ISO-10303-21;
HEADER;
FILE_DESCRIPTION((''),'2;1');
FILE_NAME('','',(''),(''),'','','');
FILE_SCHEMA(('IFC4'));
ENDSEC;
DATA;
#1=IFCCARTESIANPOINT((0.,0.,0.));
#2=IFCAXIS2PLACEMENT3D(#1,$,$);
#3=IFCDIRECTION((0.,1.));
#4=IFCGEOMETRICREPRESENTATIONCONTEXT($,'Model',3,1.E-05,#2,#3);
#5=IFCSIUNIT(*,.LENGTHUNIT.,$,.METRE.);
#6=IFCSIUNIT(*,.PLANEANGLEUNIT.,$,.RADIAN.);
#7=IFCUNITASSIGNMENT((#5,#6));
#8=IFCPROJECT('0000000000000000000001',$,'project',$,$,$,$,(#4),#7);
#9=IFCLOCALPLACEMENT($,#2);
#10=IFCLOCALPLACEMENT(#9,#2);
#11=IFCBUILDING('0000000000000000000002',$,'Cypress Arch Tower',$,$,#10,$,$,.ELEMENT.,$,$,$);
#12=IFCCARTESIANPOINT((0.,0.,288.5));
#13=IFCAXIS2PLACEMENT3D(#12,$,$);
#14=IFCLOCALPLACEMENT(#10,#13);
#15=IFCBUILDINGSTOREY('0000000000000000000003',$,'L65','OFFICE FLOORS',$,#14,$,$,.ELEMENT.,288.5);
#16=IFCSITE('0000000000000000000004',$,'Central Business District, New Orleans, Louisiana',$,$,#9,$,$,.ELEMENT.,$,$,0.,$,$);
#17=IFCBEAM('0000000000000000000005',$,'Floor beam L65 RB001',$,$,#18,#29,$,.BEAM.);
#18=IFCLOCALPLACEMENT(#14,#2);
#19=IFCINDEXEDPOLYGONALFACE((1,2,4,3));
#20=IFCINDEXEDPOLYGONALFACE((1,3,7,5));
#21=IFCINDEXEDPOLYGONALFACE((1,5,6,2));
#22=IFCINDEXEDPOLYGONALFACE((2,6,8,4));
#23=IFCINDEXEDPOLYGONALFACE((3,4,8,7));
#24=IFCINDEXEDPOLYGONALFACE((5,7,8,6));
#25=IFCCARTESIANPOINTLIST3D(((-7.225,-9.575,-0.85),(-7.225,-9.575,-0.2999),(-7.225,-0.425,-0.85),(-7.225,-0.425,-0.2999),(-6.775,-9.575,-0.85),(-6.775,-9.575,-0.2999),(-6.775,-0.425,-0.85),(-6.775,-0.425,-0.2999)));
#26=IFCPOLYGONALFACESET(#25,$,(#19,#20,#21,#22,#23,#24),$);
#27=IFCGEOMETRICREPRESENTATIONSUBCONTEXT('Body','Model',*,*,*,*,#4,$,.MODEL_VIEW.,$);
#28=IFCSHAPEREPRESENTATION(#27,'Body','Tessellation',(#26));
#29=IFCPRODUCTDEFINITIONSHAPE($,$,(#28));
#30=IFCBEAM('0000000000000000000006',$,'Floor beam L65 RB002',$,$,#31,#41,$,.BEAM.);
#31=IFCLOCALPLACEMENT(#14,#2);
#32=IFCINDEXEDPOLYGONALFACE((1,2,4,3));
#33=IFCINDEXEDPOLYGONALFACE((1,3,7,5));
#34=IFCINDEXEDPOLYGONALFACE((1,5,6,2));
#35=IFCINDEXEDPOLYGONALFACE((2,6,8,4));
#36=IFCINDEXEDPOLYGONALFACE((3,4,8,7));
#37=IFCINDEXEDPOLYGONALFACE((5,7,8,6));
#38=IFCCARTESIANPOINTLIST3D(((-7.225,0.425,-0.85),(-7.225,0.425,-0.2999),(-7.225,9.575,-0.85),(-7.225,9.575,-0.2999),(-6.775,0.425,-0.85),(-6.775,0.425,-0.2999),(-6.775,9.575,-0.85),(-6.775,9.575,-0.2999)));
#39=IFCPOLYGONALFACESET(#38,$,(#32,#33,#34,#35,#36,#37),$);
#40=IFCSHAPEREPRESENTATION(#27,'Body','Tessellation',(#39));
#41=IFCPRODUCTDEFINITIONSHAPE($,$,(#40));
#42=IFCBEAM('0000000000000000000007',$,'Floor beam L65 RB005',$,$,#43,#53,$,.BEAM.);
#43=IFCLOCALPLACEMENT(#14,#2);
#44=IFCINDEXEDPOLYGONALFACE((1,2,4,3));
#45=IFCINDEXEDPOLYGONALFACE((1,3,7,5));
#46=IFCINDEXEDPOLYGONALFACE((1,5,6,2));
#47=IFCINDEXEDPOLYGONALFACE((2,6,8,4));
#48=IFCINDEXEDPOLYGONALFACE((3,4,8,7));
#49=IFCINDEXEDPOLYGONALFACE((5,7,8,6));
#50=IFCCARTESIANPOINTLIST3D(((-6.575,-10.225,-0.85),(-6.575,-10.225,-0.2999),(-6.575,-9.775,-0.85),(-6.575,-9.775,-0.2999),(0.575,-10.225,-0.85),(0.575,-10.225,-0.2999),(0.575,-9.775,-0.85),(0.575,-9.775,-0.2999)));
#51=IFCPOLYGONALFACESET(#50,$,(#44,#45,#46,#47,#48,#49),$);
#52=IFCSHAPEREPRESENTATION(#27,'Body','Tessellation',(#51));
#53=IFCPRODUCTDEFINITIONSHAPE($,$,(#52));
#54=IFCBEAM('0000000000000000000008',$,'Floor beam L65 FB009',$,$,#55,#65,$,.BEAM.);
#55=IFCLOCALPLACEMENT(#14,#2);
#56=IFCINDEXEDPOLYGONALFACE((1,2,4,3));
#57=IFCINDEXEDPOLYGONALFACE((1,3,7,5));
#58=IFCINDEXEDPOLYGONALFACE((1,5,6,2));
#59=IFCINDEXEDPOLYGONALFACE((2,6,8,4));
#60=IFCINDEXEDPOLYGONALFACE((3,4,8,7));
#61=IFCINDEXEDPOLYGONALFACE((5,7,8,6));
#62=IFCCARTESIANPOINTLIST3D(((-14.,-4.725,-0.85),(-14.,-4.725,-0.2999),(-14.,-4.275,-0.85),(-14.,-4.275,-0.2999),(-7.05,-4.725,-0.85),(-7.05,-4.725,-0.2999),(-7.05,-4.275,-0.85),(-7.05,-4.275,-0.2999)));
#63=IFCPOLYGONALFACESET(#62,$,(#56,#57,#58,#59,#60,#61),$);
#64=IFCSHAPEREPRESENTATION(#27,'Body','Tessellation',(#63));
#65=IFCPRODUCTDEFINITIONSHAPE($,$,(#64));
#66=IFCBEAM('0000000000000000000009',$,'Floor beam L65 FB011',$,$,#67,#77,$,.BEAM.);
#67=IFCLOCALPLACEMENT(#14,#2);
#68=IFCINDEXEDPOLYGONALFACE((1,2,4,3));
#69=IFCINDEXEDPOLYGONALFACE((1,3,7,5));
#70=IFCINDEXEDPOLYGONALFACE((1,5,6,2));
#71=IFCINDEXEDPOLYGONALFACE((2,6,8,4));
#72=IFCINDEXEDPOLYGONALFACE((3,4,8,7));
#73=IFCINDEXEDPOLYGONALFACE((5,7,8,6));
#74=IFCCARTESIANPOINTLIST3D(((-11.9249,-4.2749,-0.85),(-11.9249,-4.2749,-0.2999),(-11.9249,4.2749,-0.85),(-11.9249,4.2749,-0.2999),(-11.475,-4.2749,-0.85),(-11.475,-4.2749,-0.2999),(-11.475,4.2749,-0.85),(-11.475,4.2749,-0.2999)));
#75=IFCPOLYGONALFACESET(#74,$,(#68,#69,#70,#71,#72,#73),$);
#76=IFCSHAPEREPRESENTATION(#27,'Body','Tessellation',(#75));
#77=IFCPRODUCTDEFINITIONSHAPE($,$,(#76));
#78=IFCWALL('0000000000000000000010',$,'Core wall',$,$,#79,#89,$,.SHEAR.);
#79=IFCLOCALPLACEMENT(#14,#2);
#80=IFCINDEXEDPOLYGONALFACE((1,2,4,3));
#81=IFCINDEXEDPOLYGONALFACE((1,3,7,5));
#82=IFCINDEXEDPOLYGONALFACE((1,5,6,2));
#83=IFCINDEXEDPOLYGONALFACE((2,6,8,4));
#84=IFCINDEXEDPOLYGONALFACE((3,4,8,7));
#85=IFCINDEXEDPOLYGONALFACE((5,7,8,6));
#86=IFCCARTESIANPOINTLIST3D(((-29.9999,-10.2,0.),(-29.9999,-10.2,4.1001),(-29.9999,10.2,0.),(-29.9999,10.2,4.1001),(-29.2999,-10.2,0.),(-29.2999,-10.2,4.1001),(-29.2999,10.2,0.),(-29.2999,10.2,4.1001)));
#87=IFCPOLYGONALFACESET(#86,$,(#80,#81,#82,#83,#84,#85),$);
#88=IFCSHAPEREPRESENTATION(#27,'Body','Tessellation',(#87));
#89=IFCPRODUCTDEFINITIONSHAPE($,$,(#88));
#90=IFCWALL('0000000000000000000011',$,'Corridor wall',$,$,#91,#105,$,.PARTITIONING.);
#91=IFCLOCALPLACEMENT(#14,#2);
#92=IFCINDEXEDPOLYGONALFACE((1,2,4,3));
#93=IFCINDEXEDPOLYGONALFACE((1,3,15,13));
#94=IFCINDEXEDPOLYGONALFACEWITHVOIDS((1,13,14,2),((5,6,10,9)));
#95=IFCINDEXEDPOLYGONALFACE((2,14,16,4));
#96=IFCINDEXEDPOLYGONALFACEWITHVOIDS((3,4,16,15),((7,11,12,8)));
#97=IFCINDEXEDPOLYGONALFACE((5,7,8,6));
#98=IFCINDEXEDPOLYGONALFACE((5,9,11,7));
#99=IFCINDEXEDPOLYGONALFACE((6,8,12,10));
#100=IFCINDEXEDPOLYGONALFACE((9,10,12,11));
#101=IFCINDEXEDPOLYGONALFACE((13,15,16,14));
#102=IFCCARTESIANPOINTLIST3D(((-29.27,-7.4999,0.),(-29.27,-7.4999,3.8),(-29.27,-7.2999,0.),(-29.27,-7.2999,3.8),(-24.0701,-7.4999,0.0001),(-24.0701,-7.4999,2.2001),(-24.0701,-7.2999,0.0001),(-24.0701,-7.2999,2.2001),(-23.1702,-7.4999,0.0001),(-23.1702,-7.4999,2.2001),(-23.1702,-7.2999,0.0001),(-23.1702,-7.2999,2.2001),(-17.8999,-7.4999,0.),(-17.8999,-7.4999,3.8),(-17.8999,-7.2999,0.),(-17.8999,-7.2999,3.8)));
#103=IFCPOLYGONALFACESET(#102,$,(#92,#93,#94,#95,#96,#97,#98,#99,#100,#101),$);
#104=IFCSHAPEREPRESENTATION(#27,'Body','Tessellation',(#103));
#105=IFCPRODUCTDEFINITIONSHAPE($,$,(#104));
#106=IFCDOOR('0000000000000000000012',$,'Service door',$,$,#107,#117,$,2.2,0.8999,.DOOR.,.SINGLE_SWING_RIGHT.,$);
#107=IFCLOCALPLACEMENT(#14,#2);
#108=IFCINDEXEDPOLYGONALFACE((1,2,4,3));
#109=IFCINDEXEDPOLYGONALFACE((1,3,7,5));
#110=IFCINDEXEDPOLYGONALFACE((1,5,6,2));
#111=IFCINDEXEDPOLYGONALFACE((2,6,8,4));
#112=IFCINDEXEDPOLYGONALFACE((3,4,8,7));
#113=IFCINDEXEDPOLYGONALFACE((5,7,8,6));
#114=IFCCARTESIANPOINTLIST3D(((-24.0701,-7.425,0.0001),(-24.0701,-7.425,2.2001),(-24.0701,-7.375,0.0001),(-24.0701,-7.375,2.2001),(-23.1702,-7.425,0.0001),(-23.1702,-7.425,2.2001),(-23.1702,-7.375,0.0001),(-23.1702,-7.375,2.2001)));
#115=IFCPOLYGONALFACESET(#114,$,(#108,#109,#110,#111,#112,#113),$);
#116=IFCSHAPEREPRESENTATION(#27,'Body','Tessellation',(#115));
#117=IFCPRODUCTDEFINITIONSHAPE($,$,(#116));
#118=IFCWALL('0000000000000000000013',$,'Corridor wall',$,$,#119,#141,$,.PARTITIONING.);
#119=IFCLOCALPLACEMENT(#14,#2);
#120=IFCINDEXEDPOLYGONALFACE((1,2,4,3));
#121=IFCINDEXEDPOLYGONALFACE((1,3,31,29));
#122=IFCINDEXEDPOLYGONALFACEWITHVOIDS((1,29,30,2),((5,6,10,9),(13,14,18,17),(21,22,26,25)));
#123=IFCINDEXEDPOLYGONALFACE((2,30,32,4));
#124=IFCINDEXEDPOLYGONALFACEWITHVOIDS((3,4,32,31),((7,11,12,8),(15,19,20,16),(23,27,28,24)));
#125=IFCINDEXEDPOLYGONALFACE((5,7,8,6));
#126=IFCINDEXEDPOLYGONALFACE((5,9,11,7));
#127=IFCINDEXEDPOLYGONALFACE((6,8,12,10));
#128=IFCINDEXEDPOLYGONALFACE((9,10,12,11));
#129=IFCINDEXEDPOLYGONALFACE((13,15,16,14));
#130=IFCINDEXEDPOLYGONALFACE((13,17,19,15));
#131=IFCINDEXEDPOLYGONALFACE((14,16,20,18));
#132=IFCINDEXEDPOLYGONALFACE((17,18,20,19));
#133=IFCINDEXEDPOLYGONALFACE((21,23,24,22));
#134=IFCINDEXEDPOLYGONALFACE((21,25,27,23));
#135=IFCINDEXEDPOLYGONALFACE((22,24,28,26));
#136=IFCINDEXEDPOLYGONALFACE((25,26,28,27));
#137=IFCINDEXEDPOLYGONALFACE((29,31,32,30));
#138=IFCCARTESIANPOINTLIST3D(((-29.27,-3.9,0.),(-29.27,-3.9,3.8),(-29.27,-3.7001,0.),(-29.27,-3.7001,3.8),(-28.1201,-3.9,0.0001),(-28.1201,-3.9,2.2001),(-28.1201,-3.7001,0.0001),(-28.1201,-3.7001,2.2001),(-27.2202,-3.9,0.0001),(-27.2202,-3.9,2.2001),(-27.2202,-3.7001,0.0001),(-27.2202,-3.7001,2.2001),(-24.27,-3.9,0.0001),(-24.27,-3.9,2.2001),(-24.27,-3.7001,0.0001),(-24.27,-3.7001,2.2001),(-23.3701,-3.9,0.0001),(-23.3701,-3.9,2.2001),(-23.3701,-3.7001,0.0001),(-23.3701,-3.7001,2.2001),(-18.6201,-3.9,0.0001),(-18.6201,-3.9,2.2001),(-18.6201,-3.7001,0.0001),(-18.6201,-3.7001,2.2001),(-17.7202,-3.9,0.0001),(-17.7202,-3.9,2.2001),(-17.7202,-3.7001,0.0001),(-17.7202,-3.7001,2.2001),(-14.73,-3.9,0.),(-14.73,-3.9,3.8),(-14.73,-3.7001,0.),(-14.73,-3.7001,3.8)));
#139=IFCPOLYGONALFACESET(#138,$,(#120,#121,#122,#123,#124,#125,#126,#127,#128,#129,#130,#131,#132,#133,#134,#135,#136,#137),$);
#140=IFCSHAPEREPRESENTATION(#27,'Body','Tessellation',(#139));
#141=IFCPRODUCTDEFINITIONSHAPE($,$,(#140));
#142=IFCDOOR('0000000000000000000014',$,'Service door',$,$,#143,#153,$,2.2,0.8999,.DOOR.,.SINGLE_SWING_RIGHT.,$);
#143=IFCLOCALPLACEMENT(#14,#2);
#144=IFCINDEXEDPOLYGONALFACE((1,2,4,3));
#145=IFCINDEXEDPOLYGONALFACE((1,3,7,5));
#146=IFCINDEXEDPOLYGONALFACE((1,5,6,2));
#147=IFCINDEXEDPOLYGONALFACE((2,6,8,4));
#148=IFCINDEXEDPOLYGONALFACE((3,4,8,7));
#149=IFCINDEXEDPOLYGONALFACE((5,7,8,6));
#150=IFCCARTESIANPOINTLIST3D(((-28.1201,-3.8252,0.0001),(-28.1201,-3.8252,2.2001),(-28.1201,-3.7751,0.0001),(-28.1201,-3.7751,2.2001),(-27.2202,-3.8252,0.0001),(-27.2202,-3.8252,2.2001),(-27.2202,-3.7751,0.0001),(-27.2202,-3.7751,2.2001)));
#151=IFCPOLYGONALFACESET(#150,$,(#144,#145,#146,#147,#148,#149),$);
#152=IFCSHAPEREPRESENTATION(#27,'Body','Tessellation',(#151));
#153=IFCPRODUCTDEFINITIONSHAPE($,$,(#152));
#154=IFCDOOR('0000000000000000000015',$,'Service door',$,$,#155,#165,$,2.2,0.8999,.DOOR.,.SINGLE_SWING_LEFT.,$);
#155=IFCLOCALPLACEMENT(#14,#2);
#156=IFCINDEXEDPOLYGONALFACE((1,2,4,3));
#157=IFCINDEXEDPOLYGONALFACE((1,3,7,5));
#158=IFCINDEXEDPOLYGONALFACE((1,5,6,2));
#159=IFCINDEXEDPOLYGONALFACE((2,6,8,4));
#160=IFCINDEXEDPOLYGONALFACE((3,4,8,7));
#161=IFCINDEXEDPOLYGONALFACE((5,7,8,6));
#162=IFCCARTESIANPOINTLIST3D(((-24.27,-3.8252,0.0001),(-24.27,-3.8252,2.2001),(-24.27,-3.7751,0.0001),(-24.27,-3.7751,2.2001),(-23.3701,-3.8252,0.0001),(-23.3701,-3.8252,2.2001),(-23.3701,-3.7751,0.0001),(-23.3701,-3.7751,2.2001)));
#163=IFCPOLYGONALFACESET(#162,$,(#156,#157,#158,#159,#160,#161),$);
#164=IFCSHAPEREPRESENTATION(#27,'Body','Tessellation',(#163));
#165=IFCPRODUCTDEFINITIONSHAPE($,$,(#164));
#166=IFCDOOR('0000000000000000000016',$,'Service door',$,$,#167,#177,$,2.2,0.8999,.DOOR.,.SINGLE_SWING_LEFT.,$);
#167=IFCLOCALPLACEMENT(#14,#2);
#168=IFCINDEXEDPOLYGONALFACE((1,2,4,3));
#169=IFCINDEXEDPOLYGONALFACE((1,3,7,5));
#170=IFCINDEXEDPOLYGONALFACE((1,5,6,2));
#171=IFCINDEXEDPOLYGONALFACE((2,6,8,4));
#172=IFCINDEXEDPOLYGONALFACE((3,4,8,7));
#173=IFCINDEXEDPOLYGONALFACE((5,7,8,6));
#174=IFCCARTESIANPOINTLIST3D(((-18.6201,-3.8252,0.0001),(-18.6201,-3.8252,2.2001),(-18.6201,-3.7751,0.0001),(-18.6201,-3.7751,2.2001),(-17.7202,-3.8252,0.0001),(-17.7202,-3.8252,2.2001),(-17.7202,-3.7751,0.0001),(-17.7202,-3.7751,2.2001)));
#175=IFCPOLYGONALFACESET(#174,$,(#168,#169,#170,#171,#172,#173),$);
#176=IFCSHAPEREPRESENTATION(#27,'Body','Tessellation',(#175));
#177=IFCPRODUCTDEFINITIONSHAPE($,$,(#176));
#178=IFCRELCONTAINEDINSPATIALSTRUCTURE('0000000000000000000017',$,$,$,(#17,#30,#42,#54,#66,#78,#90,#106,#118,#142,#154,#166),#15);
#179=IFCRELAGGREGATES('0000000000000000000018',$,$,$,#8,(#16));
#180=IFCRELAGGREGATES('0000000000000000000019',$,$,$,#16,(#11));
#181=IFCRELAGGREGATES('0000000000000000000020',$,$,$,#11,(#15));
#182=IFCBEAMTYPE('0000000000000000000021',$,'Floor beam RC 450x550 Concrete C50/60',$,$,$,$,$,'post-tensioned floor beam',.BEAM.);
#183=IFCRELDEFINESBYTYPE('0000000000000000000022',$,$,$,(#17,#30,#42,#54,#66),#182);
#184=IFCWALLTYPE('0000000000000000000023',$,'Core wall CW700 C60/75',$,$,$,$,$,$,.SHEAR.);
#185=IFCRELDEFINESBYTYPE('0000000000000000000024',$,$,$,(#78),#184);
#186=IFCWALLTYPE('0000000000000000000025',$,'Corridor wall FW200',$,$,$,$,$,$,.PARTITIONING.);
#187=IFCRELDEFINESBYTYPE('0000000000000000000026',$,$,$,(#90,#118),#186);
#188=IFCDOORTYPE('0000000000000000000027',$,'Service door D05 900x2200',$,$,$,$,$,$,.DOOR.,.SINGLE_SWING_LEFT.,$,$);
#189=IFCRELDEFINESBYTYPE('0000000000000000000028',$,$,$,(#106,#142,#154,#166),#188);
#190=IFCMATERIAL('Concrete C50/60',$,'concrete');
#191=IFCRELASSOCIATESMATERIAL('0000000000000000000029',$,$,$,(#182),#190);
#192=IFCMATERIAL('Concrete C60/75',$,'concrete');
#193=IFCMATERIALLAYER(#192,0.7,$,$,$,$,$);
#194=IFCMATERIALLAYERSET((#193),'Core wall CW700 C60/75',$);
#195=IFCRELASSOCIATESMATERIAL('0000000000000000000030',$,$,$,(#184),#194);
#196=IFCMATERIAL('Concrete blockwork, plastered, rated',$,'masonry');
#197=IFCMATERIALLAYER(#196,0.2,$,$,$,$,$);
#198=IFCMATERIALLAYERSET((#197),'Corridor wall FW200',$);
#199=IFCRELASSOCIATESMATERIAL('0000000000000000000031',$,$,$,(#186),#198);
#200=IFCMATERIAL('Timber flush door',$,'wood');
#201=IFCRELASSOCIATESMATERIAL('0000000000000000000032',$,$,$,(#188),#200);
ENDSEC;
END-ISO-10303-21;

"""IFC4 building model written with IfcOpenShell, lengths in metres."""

from ifc_helpers import new_model, si_unit, direction, frame, frame_2d, origin, origin_2d, place, context, subcontext, project, spatial, rectangle, extrude, material, layer, layer_set, material_profile, profile_set, type_object, element, fill, save


model = new_model("IFC4")

# Units and contexts
model_context = context("Model", 3, precision=1e-05, world=origin(), true_north=direction((0.0, 1.0)))
body_context = subcontext(model_context, "Body", "Model", "MODEL_VIEW")
ifc_project = project(units=[si_unit("LENGTHUNIT", "METRE"), si_unit("PLANEANGLEUNIT", "RADIAN")], contexts=[model_context])

# Site, building, storey
site_placement = place(None, origin())
site = spatial("IfcSite", under=ifc_project, at=site_placement, Name="Central Business District, New Orleans, Louisiana", CompositionType="ELEMENT", RefElevation=0.0)
building_placement = place(site_placement, origin())
building = spatial("IfcBuilding", under=site, at=building_placement, Name="Cypress Arch Tower", CompositionType="ELEMENT")
storey_placement = place(building_placement, frame((0.0, 0.0, 288.5)))
storey = spatial("IfcBuildingStorey", under=building, at=storey_placement, Name="L65", Description="OFFICE FLOORS", CompositionType="ELEMENT", Elevation=288.5)

# Beams
ifc_material_1 = material(Name="Concrete C50/60", Category="concrete")
ifc_material_profile = material_profile(ifc_material_1, rectangle(XDim=0.45, YDim=0.55, at=origin_2d()), Name="RC 450x550")
ifc_profile_set = profile_set([ifc_material_profile], Name="Concrete C50/60")
beam_type = type_object("IfcBeamType", Name="Floor beam RC 450x550 Concrete C50/60", ElementType="post-tensioned floor beam", PredefinedType="BEAM", material=ifc_profile_set)
for number, where, z_axis, x_axis, name in (
    (1, (-7.0, -9.575, -0.575), (0.0, 1.0, 0.0), (-1.0, 0.0, 0.0), "Floor beam L65 RB001"),
    (2, (-7.0, 0.425, -0.575), (0.0, 1.0, 0.0), (-1.0, 0.0, 0.0), "Floor beam L65 RB002"),
):
    element("IfcBeam", number, at=place(storey_placement, frame(where, z_axis=z_axis, x_axis=x_axis)), inside=storey, type_object=beam_type, Name=name, PredefinedType="BEAM", context=body_context, shape_type="SweptSolid", body=[
        extrude(rectangle(XDim=0.45, YDim=0.55, at=origin_2d()), origin(), (0.0, 0.0, 1.0), 9.1499),
    ])
beam_1_placement = place(storey_placement, frame((-6.575, -10.0, -0.575), z_axis=(1.0, 0.0, 0.0), x_axis=(0.0, 1.0, 0.0)))
element("IfcBeam", 3, at=beam_1_placement, inside=storey, type_object=beam_type, Name="Floor beam L65 RB005", PredefinedType="BEAM", context=body_context, shape_type="SweptSolid", body=[
    extrude(rectangle(XDim=0.45, YDim=0.55, at=origin_2d()), origin(), (0.0, 0.0, 1.0), 7.1499),
])
beam_2_placement = place(storey_placement, frame((-14.0, -4.5, -0.575), z_axis=(1.0, 0.0, 0.0), x_axis=(0.0, 1.0, 0.0)))
element("IfcBeam", 4, at=beam_2_placement, inside=storey, type_object=beam_type, Name="Floor beam L65 FB009", PredefinedType="BEAM", context=body_context, shape_type="SweptSolid", body=[
    extrude(rectangle(XDim=0.45, YDim=0.55, at=origin_2d()), origin(), (0.0, 0.0, 1.0), 6.95),
])
beam_3_placement = place(storey_placement, frame((-11.7, -4.2749, -0.575), z_axis=(0.0, 1.0, 0.0), x_axis=(-1.0, 0.0, 0.0)))
element("IfcBeam", 5, at=beam_3_placement, inside=storey, type_object=beam_type, Name="Floor beam L65 FB011", PredefinedType="BEAM", context=body_context, shape_type="SweptSolid", body=[
    extrude(rectangle(XDim=0.45, YDim=0.55, at=origin_2d()), origin(), (0.0, 0.0, 1.0), 8.5498),
])

# Wall
ifc_material_2 = material(Name="Concrete C60/75", Category="concrete")
ifc_layer_1 = layer(ifc_material_2, 0.7)
ifc_layer_set_1 = layer_set([ifc_layer_1], Name="Core wall CW700 C60/75")
wall_type_1 = type_object("IfcWallType", Name="Core wall CW700 C60/75", PredefinedType="SHEAR", material=ifc_layer_set_1)
wall_1_placement = place(storey_placement, frame((-29.6499, -10.2, 0.0), z_axis=(0.0, 0.0, 1.0), x_axis=(0.0, 1.0, 0.0)))
element("IfcWall", 6, at=wall_1_placement, inside=storey, type_object=wall_type_1, Name="Core wall", PredefinedType="SHEAR", context=body_context, shape_type="SweptSolid", body=[
    extrude(rectangle(XDim=20.3999, YDim=0.7, at=frame_2d((10.2, 0.0))), origin(), (0.0, 0.0, 1.0), 4.1001),
])

# Wall, opening, door
ifc_material_3 = material(Name="Concrete blockwork, plastered, rated", Category="masonry")
ifc_layer_2 = layer(ifc_material_3, 0.2)
ifc_layer_set_2 = layer_set([ifc_layer_2], Name="Corridor wall FW200")
wall_type_2 = type_object("IfcWallType", Name="Corridor wall FW200", PredefinedType="PARTITIONING", material=ifc_layer_set_2)
wall_2_placement = place(storey_placement, frame((-29.27, -7.3999, 0.0), z_axis=(0.0, 0.0, 1.0), x_axis=(1.0, 0.0, 0.0)))
wall_2 = element("IfcWall", 7, at=wall_2_placement, inside=storey, type_object=wall_type_2, Name="Corridor wall", PredefinedType="PARTITIONING", context=body_context, shape_type="SweptSolid", body=[
    extrude(rectangle(XDim=11.3701, YDim=0.2, at=frame_2d((5.6851, 0.0))), origin(), (0.0, 0.0, 1.0), 3.8),
])
opening_1_placement = place(wall_2_placement, frame((5.2, 0.0, 0.0)))
opening_1 = element("IfcOpeningElement", 8, at=opening_1_placement, cuts=wall_2, PredefinedType="OPENING", context=body_context, shape_type="SweptSolid", body=[
    extrude(rectangle(XDim=0.8999, YDim=2.2, at=frame_2d((0.45, 1.1001))), frame((0.0, 0.1099, 0.0), z_axis=(0.0, -1.0, 0.0), x_axis=(1.0, 0.0, 0.0)), (0.0, 0.0, 1.0), 0.22),
])
ifc_material_4 = material(Name="Timber flush door", Category="wood")
door_type_1 = type_object("IfcDoorType", Name="Service door D05 900x2200", OperationType="SINGLE_SWING_LEFT", PredefinedType="DOOR", material=ifc_material_4)
door_1_placement = place(opening_1_placement, origin())
door_1 = element("IfcDoor", 9, at=door_1_placement, inside=storey, type_object=door_type_1, Name="Service door", OperationType="SINGLE_SWING_RIGHT", OverallHeight=2.2, OverallWidth=0.8999, PredefinedType="DOOR", context=body_context, shape_type="SweptSolid", body=[
    extrude(rectangle(XDim=0.8999, YDim=2.2, at=frame_2d((0.45, 1.1001))), frame((0.0, 0.0249, 0.0), z_axis=(0.0, -1.0, 0.0), x_axis=(1.0, 0.0, 0.0)), (0.0, 0.0, 1.0), 0.05),
])
fill(opening_1, door_1)

# Wall, openings, doors
wall_3_placement = place(storey_placement, frame((-29.27, -3.8, 0.0), z_axis=(0.0, 0.0, 1.0), x_axis=(1.0, 0.0, 0.0)))
wall_3 = element("IfcWall", 10, at=wall_3_placement, inside=storey, type_object=wall_type_2, Name="Corridor wall", PredefinedType="PARTITIONING", context=body_context, shape_type="SweptSolid", body=[
    extrude(rectangle(XDim=14.54, YDim=0.2, at=frame_2d((7.27, 0.0))), origin(), (0.0, 0.0, 1.0), 3.8),
])
opening_2_placement = place(wall_3_placement, frame((1.1499, 0.0, 0.0)))
opening_2 = element("IfcOpeningElement", 11, at=opening_2_placement, cuts=wall_3, PredefinedType="OPENING", context=body_context, shape_type="SweptSolid", body=[
    extrude(rectangle(XDim=0.8999, YDim=2.2, at=frame_2d((0.45, 1.1001))), frame((0.0, 0.1099, 0.0), z_axis=(0.0, -1.0, 0.0), x_axis=(1.0, 0.0, 0.0)), (0.0, 0.0, 1.0), 0.22),
])
opening_3_placement = place(wall_3_placement, frame((5.0, 0.0, 0.0)))
opening_3 = element("IfcOpeningElement", 12, at=opening_3_placement, cuts=wall_3, PredefinedType="OPENING", context=body_context, shape_type="SweptSolid", body=[
    extrude(rectangle(XDim=0.8999, YDim=2.2, at=frame_2d((0.45, 1.1001))), frame((0.0, 0.1099, 0.0), z_axis=(0.0, -1.0, 0.0), x_axis=(1.0, 0.0, 0.0)), (0.0, 0.0, 1.0), 0.22),
])
opening_4_placement = place(wall_3_placement, frame((10.6499, 0.0, 0.0)))
opening_4 = element("IfcOpeningElement", 13, at=opening_4_placement, cuts=wall_3, PredefinedType="OPENING", context=body_context, shape_type="SweptSolid", body=[
    extrude(rectangle(XDim=0.8999, YDim=2.2, at=frame_2d((0.45, 1.1001))), frame((0.0, 0.1099, 0.0), z_axis=(0.0, -1.0, 0.0), x_axis=(1.0, 0.0, 0.0)), (0.0, 0.0, 1.0), 0.22),
])
door_2_placement = place(opening_2_placement, origin())
door_2 = element("IfcDoor", 14, at=door_2_placement, inside=storey, type_object=door_type_1, Name="Service door", OperationType="SINGLE_SWING_RIGHT", OverallHeight=2.2, OverallWidth=0.8999, PredefinedType="DOOR", context=body_context, shape_type="SweptSolid", body=[
    extrude(rectangle(XDim=0.8999, YDim=2.2, at=frame_2d((0.45, 1.1001))), frame((0.0, 0.0249, 0.0), z_axis=(0.0, -1.0, 0.0), x_axis=(1.0, 0.0, 0.0)), (0.0, 0.0, 1.0), 0.05),
])
fill(opening_2, door_2)
door_3_placement = place(opening_3_placement, origin())
door_3 = element("IfcDoor", 15, at=door_3_placement, inside=storey, type_object=door_type_1, Name="Service door", OperationType="SINGLE_SWING_LEFT", OverallHeight=2.2, OverallWidth=0.8999, PredefinedType="DOOR", context=body_context, shape_type="SweptSolid", body=[
    extrude(rectangle(XDim=0.8999, YDim=2.2, at=frame_2d((0.45, 1.1001))), frame((0.0, 0.0249, 0.0), z_axis=(0.0, -1.0, 0.0), x_axis=(1.0, 0.0, 0.0)), (0.0, 0.0, 1.0), 0.05),
])
fill(opening_3, door_3)
door_4_placement = place(opening_4_placement, origin())
door_4 = element("IfcDoor", 16, at=door_4_placement, inside=storey, type_object=door_type_1, Name="Service door", OperationType="SINGLE_SWING_LEFT", OverallHeight=2.2, OverallWidth=0.8999, PredefinedType="DOOR", context=body_context, shape_type="SweptSolid", body=[
    extrude(rectangle(XDim=0.8999, YDim=2.2, at=frame_2d((0.45, 1.1001))), frame((0.0, 0.0249, 0.0), z_axis=(0.0, -1.0, 0.0), x_axis=(1.0, 0.0, 0.0)), (0.0, 0.0, 1.0), 0.05),
])
fill(opening_4, door_4)

save(model, "model.ifc")
